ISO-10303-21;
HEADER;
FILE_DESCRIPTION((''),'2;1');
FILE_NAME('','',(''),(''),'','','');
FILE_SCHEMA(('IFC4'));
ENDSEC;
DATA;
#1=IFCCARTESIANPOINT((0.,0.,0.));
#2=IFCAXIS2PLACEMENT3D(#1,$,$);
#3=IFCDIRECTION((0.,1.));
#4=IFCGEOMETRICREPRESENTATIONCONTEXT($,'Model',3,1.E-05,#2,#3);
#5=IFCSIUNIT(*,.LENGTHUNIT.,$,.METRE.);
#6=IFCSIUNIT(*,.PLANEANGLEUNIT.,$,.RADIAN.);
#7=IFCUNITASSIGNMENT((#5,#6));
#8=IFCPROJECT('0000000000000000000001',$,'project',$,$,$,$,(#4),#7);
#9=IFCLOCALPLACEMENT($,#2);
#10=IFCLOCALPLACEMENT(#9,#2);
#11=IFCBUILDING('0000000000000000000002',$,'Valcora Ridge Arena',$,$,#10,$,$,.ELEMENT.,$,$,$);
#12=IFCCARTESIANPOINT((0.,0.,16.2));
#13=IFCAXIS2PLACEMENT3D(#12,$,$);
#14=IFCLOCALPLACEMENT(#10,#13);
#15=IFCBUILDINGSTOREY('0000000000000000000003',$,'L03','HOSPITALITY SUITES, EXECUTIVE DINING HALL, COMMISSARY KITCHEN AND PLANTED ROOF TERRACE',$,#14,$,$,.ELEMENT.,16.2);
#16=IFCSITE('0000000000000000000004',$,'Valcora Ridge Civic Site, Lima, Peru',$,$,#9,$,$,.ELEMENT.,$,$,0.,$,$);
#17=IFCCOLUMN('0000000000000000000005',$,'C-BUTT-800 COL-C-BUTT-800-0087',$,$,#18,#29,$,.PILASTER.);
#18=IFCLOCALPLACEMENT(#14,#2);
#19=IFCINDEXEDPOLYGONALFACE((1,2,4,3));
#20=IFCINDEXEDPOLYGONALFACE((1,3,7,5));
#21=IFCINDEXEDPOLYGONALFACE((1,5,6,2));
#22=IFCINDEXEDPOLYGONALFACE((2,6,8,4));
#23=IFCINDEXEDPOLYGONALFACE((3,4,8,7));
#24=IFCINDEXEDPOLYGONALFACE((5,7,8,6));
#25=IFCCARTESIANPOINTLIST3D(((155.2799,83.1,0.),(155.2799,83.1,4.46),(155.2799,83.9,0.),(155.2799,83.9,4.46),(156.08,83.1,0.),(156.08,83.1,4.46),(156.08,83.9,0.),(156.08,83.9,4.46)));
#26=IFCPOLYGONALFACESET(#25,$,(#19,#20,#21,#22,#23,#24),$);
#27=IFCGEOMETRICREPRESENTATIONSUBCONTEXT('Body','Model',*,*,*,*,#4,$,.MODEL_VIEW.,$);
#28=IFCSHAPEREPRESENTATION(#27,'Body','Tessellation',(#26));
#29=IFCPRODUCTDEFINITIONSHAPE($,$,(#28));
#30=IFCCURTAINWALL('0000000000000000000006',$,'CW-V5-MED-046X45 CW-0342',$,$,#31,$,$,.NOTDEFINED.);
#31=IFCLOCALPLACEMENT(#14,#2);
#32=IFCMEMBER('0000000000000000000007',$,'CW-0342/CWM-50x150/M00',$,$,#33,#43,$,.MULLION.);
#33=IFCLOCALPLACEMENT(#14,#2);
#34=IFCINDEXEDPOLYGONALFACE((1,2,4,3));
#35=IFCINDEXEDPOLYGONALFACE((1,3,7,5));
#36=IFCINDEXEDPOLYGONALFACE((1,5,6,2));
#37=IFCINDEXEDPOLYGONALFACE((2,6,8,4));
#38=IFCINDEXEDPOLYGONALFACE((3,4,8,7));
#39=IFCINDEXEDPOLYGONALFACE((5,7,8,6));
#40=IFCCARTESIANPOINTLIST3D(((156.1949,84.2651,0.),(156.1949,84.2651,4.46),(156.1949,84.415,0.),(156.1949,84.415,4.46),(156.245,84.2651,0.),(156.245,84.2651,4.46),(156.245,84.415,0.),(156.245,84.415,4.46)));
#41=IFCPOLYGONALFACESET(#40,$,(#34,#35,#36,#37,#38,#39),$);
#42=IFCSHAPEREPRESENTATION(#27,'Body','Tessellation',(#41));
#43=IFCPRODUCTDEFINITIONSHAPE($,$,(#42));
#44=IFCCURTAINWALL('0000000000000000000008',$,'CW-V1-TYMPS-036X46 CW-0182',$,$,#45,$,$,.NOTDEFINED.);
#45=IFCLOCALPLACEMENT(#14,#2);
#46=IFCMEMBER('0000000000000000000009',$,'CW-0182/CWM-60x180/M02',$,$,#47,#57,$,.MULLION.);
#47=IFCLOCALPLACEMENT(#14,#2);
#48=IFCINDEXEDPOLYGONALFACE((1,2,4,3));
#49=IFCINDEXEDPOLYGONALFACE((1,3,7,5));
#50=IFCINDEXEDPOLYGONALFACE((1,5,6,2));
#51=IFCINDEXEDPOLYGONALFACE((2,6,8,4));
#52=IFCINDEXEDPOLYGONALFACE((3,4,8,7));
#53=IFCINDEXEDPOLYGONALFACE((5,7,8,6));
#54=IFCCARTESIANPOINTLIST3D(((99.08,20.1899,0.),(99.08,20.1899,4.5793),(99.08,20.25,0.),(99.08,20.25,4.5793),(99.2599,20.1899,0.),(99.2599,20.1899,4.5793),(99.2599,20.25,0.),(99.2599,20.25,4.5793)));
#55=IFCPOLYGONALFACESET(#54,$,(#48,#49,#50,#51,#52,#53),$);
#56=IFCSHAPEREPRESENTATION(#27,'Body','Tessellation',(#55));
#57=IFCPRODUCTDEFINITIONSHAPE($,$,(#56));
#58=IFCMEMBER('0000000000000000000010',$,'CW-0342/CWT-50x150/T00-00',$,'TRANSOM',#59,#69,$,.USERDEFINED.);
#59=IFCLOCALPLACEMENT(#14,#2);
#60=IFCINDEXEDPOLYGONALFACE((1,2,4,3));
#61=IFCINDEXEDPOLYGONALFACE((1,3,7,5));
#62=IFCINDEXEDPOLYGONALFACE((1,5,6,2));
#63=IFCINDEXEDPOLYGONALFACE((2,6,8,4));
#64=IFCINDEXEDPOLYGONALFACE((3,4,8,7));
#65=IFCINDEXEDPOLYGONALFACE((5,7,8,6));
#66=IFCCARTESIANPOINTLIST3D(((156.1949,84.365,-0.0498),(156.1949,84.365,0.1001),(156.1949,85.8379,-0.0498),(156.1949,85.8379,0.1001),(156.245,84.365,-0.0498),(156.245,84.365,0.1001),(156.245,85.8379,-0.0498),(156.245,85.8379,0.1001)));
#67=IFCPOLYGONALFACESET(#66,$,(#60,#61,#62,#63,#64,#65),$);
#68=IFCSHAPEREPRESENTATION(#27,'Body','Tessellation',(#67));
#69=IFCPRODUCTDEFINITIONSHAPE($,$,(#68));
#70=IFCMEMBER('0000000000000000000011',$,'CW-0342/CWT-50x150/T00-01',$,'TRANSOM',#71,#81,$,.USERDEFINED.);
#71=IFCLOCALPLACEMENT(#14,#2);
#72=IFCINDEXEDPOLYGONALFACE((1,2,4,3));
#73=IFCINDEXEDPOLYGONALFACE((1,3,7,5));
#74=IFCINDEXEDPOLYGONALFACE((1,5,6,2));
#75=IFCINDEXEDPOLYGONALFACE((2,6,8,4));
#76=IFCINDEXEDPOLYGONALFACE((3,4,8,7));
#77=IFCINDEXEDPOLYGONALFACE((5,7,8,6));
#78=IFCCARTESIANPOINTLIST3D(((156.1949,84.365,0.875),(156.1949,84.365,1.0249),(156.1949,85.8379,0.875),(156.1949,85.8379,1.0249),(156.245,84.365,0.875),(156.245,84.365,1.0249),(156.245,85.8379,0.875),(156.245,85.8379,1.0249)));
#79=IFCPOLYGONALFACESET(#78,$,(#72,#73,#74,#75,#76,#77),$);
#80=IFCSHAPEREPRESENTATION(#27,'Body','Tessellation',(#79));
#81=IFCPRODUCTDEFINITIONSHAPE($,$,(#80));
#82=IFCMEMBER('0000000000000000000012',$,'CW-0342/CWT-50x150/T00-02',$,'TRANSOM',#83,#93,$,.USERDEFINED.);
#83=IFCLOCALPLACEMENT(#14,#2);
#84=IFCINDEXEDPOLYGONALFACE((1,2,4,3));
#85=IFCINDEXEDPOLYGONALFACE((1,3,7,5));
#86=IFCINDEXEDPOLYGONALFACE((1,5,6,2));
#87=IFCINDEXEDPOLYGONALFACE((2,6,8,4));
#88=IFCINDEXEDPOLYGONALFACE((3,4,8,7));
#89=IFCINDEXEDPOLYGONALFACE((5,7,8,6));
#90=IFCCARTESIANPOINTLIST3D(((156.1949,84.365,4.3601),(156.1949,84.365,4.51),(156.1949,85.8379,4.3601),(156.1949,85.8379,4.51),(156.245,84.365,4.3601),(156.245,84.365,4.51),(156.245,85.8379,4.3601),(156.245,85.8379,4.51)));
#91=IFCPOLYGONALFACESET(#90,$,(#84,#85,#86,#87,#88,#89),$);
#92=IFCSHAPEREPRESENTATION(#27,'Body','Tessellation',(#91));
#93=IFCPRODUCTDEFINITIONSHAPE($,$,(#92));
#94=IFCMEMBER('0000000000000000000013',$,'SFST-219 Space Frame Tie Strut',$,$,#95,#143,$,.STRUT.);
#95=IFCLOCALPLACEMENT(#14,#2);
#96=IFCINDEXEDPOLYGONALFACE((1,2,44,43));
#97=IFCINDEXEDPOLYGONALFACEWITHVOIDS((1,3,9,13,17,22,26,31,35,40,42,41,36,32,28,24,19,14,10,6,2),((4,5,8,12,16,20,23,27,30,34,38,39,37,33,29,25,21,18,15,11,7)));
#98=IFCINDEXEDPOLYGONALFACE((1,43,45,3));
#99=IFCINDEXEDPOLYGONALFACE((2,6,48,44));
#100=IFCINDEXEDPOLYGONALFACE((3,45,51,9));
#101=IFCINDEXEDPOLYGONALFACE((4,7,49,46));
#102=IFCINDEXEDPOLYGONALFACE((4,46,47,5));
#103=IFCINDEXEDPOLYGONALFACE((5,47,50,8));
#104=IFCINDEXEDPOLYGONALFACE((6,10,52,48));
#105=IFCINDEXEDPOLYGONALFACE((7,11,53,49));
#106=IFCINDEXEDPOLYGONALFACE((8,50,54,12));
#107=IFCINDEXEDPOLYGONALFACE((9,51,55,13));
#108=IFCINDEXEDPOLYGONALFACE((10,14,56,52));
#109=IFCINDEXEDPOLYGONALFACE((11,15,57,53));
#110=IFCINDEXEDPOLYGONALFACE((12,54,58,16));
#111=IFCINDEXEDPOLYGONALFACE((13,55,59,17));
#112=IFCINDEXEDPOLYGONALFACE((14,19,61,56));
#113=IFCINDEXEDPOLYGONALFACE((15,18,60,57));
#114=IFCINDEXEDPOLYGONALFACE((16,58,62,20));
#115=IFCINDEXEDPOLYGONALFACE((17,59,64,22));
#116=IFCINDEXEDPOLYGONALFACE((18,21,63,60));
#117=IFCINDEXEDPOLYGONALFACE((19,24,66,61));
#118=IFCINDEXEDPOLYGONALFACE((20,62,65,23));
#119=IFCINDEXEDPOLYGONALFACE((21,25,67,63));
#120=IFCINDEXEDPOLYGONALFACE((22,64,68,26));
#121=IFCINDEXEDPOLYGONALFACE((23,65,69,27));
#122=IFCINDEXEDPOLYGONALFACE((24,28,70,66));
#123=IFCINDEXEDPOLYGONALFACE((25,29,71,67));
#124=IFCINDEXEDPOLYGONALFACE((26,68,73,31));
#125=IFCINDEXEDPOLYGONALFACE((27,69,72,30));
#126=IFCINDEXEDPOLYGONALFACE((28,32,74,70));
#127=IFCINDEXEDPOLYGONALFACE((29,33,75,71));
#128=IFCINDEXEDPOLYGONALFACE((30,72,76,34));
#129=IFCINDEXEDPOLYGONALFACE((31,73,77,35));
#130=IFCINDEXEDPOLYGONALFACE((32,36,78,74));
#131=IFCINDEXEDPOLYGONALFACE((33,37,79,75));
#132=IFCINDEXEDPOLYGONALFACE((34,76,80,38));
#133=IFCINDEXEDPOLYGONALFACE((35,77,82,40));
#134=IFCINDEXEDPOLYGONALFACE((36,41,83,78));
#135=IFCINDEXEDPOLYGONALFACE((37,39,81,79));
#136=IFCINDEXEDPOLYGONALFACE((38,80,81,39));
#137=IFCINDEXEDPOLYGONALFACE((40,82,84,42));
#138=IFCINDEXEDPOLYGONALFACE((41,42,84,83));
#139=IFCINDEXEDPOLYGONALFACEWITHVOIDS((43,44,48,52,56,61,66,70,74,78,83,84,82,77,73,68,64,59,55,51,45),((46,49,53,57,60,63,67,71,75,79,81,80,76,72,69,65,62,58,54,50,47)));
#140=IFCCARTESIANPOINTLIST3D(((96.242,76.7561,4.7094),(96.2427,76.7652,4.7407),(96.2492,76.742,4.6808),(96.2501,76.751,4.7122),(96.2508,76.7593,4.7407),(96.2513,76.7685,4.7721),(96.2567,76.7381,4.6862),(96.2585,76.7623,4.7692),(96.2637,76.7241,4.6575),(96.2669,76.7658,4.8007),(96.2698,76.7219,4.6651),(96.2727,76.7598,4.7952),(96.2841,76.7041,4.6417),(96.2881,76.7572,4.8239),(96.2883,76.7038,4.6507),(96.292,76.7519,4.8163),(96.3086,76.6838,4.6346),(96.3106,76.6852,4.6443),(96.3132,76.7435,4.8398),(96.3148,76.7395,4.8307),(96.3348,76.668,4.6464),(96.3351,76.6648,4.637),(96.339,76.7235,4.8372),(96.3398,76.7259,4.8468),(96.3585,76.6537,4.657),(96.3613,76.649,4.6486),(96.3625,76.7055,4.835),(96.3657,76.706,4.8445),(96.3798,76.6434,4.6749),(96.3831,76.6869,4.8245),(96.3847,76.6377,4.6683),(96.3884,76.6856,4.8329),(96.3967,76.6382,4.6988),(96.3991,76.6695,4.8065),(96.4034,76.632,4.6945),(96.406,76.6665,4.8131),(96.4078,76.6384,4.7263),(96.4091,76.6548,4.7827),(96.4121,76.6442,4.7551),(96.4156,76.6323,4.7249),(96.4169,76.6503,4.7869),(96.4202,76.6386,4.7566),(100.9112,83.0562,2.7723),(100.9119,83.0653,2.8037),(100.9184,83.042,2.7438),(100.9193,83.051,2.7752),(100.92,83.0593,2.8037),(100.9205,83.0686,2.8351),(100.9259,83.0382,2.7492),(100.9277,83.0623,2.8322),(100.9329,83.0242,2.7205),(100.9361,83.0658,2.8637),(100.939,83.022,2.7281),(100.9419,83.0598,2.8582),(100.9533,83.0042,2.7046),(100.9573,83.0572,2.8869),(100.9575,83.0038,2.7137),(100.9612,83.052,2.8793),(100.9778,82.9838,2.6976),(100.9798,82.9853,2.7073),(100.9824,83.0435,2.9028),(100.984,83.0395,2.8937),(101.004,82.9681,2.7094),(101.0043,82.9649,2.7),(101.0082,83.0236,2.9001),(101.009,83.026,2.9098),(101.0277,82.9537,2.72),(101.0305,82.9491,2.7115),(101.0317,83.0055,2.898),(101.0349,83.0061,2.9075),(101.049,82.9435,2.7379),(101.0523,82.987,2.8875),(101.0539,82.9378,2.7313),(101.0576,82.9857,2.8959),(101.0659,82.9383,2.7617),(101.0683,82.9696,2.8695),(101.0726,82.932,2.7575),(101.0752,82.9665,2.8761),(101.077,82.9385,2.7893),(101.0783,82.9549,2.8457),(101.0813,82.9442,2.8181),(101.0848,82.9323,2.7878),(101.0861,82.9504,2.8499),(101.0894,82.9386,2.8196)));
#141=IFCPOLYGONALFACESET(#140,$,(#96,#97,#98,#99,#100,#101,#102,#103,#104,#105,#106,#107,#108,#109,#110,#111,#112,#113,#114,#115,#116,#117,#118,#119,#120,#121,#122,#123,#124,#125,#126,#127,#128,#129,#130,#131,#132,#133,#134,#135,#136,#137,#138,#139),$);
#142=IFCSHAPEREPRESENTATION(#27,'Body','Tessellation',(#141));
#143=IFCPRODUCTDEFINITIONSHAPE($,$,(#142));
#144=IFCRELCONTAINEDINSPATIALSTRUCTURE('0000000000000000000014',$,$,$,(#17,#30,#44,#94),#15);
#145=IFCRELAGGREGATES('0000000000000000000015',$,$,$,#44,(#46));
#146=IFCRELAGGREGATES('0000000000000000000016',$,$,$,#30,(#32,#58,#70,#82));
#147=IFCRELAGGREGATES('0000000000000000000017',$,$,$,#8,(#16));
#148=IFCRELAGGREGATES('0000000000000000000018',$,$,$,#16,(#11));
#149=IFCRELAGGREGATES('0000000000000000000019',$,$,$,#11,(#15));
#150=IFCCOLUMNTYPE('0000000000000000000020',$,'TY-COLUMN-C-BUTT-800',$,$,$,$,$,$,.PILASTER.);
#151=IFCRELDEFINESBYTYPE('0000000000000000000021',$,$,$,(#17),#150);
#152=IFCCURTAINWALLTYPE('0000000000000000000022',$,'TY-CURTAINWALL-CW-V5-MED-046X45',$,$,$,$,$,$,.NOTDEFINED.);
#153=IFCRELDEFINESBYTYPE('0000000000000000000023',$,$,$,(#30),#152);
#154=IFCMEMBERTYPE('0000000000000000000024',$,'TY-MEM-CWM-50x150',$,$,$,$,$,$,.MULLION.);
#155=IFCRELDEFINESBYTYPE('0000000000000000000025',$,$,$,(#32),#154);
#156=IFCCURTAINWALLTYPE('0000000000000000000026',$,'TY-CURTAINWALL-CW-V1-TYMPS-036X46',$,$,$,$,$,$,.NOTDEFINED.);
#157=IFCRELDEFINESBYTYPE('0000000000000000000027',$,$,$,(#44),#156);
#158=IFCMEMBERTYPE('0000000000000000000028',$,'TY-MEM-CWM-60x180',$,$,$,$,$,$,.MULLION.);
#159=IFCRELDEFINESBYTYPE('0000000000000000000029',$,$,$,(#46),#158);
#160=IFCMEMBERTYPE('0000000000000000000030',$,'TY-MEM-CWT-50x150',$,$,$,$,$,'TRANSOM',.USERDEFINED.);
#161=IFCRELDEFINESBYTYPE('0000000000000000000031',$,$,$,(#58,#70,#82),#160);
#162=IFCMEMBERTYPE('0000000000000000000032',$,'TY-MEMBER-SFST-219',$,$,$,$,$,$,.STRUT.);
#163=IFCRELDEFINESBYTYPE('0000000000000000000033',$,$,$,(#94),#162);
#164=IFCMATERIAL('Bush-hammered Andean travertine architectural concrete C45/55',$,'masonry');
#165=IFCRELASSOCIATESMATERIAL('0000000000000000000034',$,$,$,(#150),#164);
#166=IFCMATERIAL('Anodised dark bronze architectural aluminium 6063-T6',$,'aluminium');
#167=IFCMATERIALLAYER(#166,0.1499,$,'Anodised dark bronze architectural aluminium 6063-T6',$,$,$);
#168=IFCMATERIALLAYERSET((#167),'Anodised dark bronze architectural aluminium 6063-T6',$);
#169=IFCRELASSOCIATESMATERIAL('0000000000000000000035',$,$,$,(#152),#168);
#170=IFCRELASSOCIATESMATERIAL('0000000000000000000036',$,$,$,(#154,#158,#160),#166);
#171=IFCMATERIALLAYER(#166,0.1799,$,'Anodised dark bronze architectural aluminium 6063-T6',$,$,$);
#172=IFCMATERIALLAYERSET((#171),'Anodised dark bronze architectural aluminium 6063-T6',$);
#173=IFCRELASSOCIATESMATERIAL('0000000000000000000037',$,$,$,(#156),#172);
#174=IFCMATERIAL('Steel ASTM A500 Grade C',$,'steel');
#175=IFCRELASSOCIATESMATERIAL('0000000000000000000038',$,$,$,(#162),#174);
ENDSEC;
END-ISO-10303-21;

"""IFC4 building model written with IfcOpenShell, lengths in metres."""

from ifc_helpers import new_model, si_unit, direction, frame, origin, origin_2d, place, context, subcontext, project, spatial, rectangle, hollow_circle, extrude, material, layer, layer_set, material_profile, profile_set, type_object, element, aggregate, save


model = new_model("IFC4")

# Units and contexts
model_context = context("Model", 3, precision=1e-05, world=origin(), true_north=direction((0.0, 1.0)))
body_context = subcontext(model_context, "Body", "Model", "MODEL_VIEW")
ifc_project = project(units=[si_unit("LENGTHUNIT", "METRE"), si_unit("PLANEANGLEUNIT", "RADIAN")], contexts=[model_context])

# Site, building, storey
site_placement = place(None, origin())
site = spatial("IfcSite", under=ifc_project, at=site_placement, Name="Valcora Ridge Civic Site, Lima, Peru", CompositionType="ELEMENT", RefElevation=0.0)
building_placement = place(site_placement, origin())
building = spatial("IfcBuilding", under=site, at=building_placement, Name="Valcora Ridge Arena", CompositionType="ELEMENT")
storey_placement = place(building_placement, frame((0.0, 0.0, 16.2)))
storey = spatial("IfcBuildingStorey", under=building, at=storey_placement, Name="L03", Description="HOSPITALITY SUITES, EXECUTIVE DINING HALL, COMMISSARY KITCHEN AND PLANTED ROOF TERRACE", CompositionType="ELEMENT", Elevation=16.2)

# Column
ifc_material_1 = material(Name="Bush-hammered Andean travertine architectural concrete C45/55", Category="masonry")
ifc_material_profile_1 = material_profile(ifc_material_1, rectangle(XDim=0.8, YDim=0.8, at=origin_2d()), Name="RC 800x800")
ifc_profile_set_1 = profile_set([ifc_material_profile_1], Name="Bush-hammered Andean travertine architectural concrete C45/55")
column_type = type_object("IfcColumnType", Name="TY-COLUMN-C-BUTT-800", PredefinedType="PILASTER", material=ifc_profile_set_1)
column_placement = place(storey_placement, frame((155.6799, 83.5, 0.0), z_axis=(0.0, 0.0, 1.0), x_axis=(1.0, 0.0, 0.0)))
element("IfcColumn", 1, at=column_placement, inside=storey, type_object=column_type, Name="C-BUTT-800 COL-C-BUTT-800-0087", PredefinedType="PILASTER", context=body_context, shape_type="SweptSolid", body=[
    extrude(rectangle(XDim=0.8, YDim=0.8, at=origin_2d()), origin(), (0.0, 0.0, 1.0), 4.46),
])

# Curtain walls, members
ifc_material_2 = material(Name="Anodised dark bronze architectural aluminium 6063-T6", Category="aluminium")
ifc_layer_1 = layer(ifc_material_2, 0.1499, Name="Anodised dark bronze architectural aluminium 6063-T6")
ifc_layer_set_1 = layer_set([ifc_layer_1], Name="Anodised dark bronze architectural aluminium 6063-T6")
curtain_wall_type_1 = type_object("IfcCurtainWallType", Name="TY-CURTAINWALL-CW-V5-MED-046X45", PredefinedType="NOTDEFINED", material=ifc_layer_set_1)
curtain_wall_1_placement = place(storey_placement, origin())
curtain_wall_1 = element("IfcCurtainWall", 2, at=curtain_wall_1_placement, inside=storey, type_object=curtain_wall_type_1, Name="CW-V5-MED-046X45 CW-0342", PredefinedType="NOTDEFINED")
ifc_material_profile_2 = material_profile(ifc_material_2, rectangle(XDim=0.05, YDim=0.1499, at=origin_2d()), Name="ALU MULLION 50x150")
ifc_profile_set_2 = profile_set([ifc_material_profile_2], Name="Anodised dark bronze architectural aluminium 6063-T6")
member_type_1 = type_object("IfcMemberType", Name="TY-MEM-CWM-50x150", PredefinedType="MULLION", material=ifc_profile_set_2)
member_1_placement = place(storey_placement, frame((156.22, 84.3401, 0.0), z_axis=(0.0, 0.0, 1.0), x_axis=(-1.0, 0.0, 0.0)))
member_1 = element("IfcMember", 3, at=member_1_placement, type_object=member_type_1, Name="CW-0342/CWM-50x150/M00", PredefinedType="MULLION", context=body_context, shape_type="SweptSolid", body=[
    extrude(rectangle(XDim=0.05, YDim=0.1499, at=origin_2d()), origin(), (0.0, 0.0, 1.0), 4.46),
])
ifc_layer_2 = layer(ifc_material_2, 0.1799, Name="Anodised dark bronze architectural aluminium 6063-T6")
ifc_layer_set_2 = layer_set([ifc_layer_2], Name="Anodised dark bronze architectural aluminium 6063-T6")
curtain_wall_type_2 = type_object("IfcCurtainWallType", Name="TY-CURTAINWALL-CW-V1-TYMPS-036X46", PredefinedType="NOTDEFINED", material=ifc_layer_set_2)
curtain_wall_2_placement = place(storey_placement, origin())
curtain_wall_2 = element("IfcCurtainWall", 4, at=curtain_wall_2_placement, inside=storey, type_object=curtain_wall_type_2, Name="CW-V1-TYMPS-036X46 CW-0182", PredefinedType="NOTDEFINED")
ifc_material_profile_3 = material_profile(ifc_material_2, rectangle(XDim=0.0601, YDim=0.1799, at=origin_2d()), Name="ALU MULLION 60x180")
ifc_profile_set_3 = profile_set([ifc_material_profile_3], Name="Anodised dark bronze architectural aluminium 6063-T6")
member_type_2 = type_object("IfcMemberType", Name="TY-MEM-CWM-60x180", PredefinedType="MULLION", material=ifc_profile_set_3)
member_2_placement = place(storey_placement, frame((99.1699, 20.22, 0.0), z_axis=(0.0, 0.0, 1.0), x_axis=(0.0, 1.0, 0.0)))
member_2 = element("IfcMember", 5, at=member_2_placement, type_object=member_type_2, Name="CW-0182/CWM-60x180/M02", PredefinedType="MULLION", context=body_context, shape_type="SweptSolid", body=[
    extrude(rectangle(XDim=0.0601, YDim=0.1799, at=origin_2d()), origin(), (0.0, 0.0, 1.0), 4.5793),
])
aggregate(curtain_wall_2, [member_2])

# Members
ifc_material_profile_4 = material_profile(ifc_material_2, rectangle(XDim=0.05, YDim=0.1499, at=origin_2d()), Name="ALU TRANSOM 50x150")
ifc_profile_set_4 = profile_set([ifc_material_profile_4], Name="Anodised dark bronze architectural aluminium 6063-T6")
member_type_3 = type_object("IfcMemberType", Name="TY-MEM-CWT-50x150", ElementType="TRANSOM", PredefinedType="USERDEFINED", material=ifc_profile_set_4)
member_3_placement = place(storey_placement, frame((156.22, 84.365, 0.0251), z_axis=(0.0, 1.0, 0.0), x_axis=(-1.0, 0.0, 0.0)))
member_3 = element("IfcMember", 6, at=member_3_placement, type_object=member_type_3, Name="CW-0342/CWT-50x150/T00-00", ObjectType="TRANSOM", PredefinedType="USERDEFINED", context=body_context, shape_type="SweptSolid", body=[
    extrude(rectangle(XDim=0.05, YDim=0.1499, at=origin_2d()), origin(), (0.0, 0.0, 1.0), 1.4729),
])
member_4_placement = place(storey_placement, frame((156.22, 84.365, 0.95), z_axis=(0.0, 1.0, 0.0), x_axis=(-1.0, 0.0, 0.0)))
member_4 = element("IfcMember", 7, at=member_4_placement, type_object=member_type_3, Name="CW-0342/CWT-50x150/T00-01", ObjectType="TRANSOM", PredefinedType="USERDEFINED", context=body_context, shape_type="SweptSolid", body=[
    extrude(rectangle(XDim=0.05, YDim=0.1499, at=origin_2d()), origin(), (0.0, 0.0, 1.0), 1.4729),
])
member_5_placement = place(storey_placement, frame((156.22, 84.365, 4.4351), z_axis=(0.0, 1.0, 0.0), x_axis=(-1.0, 0.0, 0.0)))
member_5 = element("IfcMember", 8, at=member_5_placement, type_object=member_type_3, Name="CW-0342/CWT-50x150/T00-02", ObjectType="TRANSOM", PredefinedType="USERDEFINED", context=body_context, shape_type="SweptSolid", body=[
    extrude(rectangle(XDim=0.05, YDim=0.1499, at=origin_2d()), origin(), (0.0, 0.0, 1.0), 1.4729),
])
aggregate(curtain_wall_1, [member_1, member_3, member_4, member_5])
ifc_material_3 = material(Name="Steel ASTM A500 Grade C", Category="steel")
ifc_material_profile_5 = material_profile(ifc_material_3, hollow_circle(Radius=0.1096, WallThickness=0.01, at=origin_2d()), Name="CHS219X10")
ifc_profile_set_5 = profile_set([ifc_material_profile_5], Name="Steel ASTM A500 Grade C")
member_type_4 = type_object("IfcMemberType", Name="TY-MEMBER-SFST-219", PredefinedType="STRUT", material=ifc_profile_set_5)
member_6_placement = place(storey_placement, frame((96.3308, 76.7, 4.7407), z_axis=(0.578058, 0.779963, -0.239807), x_axis=(-0.803405, 0.595432, 0.0)))
element("IfcMember", 9, at=member_6_placement, inside=storey, type_object=member_type_4, Name="SFST-219 Space Frame Tie Strut", PredefinedType="STRUT", context=body_context, shape_type="SweptSolid", body=[
    extrude(hollow_circle(Radius=0.1096, WallThickness=0.01, at=origin_2d()), origin(), (0.0, 0.0, 1.0), 8.0774),
])

save(model, "model.ifc")
